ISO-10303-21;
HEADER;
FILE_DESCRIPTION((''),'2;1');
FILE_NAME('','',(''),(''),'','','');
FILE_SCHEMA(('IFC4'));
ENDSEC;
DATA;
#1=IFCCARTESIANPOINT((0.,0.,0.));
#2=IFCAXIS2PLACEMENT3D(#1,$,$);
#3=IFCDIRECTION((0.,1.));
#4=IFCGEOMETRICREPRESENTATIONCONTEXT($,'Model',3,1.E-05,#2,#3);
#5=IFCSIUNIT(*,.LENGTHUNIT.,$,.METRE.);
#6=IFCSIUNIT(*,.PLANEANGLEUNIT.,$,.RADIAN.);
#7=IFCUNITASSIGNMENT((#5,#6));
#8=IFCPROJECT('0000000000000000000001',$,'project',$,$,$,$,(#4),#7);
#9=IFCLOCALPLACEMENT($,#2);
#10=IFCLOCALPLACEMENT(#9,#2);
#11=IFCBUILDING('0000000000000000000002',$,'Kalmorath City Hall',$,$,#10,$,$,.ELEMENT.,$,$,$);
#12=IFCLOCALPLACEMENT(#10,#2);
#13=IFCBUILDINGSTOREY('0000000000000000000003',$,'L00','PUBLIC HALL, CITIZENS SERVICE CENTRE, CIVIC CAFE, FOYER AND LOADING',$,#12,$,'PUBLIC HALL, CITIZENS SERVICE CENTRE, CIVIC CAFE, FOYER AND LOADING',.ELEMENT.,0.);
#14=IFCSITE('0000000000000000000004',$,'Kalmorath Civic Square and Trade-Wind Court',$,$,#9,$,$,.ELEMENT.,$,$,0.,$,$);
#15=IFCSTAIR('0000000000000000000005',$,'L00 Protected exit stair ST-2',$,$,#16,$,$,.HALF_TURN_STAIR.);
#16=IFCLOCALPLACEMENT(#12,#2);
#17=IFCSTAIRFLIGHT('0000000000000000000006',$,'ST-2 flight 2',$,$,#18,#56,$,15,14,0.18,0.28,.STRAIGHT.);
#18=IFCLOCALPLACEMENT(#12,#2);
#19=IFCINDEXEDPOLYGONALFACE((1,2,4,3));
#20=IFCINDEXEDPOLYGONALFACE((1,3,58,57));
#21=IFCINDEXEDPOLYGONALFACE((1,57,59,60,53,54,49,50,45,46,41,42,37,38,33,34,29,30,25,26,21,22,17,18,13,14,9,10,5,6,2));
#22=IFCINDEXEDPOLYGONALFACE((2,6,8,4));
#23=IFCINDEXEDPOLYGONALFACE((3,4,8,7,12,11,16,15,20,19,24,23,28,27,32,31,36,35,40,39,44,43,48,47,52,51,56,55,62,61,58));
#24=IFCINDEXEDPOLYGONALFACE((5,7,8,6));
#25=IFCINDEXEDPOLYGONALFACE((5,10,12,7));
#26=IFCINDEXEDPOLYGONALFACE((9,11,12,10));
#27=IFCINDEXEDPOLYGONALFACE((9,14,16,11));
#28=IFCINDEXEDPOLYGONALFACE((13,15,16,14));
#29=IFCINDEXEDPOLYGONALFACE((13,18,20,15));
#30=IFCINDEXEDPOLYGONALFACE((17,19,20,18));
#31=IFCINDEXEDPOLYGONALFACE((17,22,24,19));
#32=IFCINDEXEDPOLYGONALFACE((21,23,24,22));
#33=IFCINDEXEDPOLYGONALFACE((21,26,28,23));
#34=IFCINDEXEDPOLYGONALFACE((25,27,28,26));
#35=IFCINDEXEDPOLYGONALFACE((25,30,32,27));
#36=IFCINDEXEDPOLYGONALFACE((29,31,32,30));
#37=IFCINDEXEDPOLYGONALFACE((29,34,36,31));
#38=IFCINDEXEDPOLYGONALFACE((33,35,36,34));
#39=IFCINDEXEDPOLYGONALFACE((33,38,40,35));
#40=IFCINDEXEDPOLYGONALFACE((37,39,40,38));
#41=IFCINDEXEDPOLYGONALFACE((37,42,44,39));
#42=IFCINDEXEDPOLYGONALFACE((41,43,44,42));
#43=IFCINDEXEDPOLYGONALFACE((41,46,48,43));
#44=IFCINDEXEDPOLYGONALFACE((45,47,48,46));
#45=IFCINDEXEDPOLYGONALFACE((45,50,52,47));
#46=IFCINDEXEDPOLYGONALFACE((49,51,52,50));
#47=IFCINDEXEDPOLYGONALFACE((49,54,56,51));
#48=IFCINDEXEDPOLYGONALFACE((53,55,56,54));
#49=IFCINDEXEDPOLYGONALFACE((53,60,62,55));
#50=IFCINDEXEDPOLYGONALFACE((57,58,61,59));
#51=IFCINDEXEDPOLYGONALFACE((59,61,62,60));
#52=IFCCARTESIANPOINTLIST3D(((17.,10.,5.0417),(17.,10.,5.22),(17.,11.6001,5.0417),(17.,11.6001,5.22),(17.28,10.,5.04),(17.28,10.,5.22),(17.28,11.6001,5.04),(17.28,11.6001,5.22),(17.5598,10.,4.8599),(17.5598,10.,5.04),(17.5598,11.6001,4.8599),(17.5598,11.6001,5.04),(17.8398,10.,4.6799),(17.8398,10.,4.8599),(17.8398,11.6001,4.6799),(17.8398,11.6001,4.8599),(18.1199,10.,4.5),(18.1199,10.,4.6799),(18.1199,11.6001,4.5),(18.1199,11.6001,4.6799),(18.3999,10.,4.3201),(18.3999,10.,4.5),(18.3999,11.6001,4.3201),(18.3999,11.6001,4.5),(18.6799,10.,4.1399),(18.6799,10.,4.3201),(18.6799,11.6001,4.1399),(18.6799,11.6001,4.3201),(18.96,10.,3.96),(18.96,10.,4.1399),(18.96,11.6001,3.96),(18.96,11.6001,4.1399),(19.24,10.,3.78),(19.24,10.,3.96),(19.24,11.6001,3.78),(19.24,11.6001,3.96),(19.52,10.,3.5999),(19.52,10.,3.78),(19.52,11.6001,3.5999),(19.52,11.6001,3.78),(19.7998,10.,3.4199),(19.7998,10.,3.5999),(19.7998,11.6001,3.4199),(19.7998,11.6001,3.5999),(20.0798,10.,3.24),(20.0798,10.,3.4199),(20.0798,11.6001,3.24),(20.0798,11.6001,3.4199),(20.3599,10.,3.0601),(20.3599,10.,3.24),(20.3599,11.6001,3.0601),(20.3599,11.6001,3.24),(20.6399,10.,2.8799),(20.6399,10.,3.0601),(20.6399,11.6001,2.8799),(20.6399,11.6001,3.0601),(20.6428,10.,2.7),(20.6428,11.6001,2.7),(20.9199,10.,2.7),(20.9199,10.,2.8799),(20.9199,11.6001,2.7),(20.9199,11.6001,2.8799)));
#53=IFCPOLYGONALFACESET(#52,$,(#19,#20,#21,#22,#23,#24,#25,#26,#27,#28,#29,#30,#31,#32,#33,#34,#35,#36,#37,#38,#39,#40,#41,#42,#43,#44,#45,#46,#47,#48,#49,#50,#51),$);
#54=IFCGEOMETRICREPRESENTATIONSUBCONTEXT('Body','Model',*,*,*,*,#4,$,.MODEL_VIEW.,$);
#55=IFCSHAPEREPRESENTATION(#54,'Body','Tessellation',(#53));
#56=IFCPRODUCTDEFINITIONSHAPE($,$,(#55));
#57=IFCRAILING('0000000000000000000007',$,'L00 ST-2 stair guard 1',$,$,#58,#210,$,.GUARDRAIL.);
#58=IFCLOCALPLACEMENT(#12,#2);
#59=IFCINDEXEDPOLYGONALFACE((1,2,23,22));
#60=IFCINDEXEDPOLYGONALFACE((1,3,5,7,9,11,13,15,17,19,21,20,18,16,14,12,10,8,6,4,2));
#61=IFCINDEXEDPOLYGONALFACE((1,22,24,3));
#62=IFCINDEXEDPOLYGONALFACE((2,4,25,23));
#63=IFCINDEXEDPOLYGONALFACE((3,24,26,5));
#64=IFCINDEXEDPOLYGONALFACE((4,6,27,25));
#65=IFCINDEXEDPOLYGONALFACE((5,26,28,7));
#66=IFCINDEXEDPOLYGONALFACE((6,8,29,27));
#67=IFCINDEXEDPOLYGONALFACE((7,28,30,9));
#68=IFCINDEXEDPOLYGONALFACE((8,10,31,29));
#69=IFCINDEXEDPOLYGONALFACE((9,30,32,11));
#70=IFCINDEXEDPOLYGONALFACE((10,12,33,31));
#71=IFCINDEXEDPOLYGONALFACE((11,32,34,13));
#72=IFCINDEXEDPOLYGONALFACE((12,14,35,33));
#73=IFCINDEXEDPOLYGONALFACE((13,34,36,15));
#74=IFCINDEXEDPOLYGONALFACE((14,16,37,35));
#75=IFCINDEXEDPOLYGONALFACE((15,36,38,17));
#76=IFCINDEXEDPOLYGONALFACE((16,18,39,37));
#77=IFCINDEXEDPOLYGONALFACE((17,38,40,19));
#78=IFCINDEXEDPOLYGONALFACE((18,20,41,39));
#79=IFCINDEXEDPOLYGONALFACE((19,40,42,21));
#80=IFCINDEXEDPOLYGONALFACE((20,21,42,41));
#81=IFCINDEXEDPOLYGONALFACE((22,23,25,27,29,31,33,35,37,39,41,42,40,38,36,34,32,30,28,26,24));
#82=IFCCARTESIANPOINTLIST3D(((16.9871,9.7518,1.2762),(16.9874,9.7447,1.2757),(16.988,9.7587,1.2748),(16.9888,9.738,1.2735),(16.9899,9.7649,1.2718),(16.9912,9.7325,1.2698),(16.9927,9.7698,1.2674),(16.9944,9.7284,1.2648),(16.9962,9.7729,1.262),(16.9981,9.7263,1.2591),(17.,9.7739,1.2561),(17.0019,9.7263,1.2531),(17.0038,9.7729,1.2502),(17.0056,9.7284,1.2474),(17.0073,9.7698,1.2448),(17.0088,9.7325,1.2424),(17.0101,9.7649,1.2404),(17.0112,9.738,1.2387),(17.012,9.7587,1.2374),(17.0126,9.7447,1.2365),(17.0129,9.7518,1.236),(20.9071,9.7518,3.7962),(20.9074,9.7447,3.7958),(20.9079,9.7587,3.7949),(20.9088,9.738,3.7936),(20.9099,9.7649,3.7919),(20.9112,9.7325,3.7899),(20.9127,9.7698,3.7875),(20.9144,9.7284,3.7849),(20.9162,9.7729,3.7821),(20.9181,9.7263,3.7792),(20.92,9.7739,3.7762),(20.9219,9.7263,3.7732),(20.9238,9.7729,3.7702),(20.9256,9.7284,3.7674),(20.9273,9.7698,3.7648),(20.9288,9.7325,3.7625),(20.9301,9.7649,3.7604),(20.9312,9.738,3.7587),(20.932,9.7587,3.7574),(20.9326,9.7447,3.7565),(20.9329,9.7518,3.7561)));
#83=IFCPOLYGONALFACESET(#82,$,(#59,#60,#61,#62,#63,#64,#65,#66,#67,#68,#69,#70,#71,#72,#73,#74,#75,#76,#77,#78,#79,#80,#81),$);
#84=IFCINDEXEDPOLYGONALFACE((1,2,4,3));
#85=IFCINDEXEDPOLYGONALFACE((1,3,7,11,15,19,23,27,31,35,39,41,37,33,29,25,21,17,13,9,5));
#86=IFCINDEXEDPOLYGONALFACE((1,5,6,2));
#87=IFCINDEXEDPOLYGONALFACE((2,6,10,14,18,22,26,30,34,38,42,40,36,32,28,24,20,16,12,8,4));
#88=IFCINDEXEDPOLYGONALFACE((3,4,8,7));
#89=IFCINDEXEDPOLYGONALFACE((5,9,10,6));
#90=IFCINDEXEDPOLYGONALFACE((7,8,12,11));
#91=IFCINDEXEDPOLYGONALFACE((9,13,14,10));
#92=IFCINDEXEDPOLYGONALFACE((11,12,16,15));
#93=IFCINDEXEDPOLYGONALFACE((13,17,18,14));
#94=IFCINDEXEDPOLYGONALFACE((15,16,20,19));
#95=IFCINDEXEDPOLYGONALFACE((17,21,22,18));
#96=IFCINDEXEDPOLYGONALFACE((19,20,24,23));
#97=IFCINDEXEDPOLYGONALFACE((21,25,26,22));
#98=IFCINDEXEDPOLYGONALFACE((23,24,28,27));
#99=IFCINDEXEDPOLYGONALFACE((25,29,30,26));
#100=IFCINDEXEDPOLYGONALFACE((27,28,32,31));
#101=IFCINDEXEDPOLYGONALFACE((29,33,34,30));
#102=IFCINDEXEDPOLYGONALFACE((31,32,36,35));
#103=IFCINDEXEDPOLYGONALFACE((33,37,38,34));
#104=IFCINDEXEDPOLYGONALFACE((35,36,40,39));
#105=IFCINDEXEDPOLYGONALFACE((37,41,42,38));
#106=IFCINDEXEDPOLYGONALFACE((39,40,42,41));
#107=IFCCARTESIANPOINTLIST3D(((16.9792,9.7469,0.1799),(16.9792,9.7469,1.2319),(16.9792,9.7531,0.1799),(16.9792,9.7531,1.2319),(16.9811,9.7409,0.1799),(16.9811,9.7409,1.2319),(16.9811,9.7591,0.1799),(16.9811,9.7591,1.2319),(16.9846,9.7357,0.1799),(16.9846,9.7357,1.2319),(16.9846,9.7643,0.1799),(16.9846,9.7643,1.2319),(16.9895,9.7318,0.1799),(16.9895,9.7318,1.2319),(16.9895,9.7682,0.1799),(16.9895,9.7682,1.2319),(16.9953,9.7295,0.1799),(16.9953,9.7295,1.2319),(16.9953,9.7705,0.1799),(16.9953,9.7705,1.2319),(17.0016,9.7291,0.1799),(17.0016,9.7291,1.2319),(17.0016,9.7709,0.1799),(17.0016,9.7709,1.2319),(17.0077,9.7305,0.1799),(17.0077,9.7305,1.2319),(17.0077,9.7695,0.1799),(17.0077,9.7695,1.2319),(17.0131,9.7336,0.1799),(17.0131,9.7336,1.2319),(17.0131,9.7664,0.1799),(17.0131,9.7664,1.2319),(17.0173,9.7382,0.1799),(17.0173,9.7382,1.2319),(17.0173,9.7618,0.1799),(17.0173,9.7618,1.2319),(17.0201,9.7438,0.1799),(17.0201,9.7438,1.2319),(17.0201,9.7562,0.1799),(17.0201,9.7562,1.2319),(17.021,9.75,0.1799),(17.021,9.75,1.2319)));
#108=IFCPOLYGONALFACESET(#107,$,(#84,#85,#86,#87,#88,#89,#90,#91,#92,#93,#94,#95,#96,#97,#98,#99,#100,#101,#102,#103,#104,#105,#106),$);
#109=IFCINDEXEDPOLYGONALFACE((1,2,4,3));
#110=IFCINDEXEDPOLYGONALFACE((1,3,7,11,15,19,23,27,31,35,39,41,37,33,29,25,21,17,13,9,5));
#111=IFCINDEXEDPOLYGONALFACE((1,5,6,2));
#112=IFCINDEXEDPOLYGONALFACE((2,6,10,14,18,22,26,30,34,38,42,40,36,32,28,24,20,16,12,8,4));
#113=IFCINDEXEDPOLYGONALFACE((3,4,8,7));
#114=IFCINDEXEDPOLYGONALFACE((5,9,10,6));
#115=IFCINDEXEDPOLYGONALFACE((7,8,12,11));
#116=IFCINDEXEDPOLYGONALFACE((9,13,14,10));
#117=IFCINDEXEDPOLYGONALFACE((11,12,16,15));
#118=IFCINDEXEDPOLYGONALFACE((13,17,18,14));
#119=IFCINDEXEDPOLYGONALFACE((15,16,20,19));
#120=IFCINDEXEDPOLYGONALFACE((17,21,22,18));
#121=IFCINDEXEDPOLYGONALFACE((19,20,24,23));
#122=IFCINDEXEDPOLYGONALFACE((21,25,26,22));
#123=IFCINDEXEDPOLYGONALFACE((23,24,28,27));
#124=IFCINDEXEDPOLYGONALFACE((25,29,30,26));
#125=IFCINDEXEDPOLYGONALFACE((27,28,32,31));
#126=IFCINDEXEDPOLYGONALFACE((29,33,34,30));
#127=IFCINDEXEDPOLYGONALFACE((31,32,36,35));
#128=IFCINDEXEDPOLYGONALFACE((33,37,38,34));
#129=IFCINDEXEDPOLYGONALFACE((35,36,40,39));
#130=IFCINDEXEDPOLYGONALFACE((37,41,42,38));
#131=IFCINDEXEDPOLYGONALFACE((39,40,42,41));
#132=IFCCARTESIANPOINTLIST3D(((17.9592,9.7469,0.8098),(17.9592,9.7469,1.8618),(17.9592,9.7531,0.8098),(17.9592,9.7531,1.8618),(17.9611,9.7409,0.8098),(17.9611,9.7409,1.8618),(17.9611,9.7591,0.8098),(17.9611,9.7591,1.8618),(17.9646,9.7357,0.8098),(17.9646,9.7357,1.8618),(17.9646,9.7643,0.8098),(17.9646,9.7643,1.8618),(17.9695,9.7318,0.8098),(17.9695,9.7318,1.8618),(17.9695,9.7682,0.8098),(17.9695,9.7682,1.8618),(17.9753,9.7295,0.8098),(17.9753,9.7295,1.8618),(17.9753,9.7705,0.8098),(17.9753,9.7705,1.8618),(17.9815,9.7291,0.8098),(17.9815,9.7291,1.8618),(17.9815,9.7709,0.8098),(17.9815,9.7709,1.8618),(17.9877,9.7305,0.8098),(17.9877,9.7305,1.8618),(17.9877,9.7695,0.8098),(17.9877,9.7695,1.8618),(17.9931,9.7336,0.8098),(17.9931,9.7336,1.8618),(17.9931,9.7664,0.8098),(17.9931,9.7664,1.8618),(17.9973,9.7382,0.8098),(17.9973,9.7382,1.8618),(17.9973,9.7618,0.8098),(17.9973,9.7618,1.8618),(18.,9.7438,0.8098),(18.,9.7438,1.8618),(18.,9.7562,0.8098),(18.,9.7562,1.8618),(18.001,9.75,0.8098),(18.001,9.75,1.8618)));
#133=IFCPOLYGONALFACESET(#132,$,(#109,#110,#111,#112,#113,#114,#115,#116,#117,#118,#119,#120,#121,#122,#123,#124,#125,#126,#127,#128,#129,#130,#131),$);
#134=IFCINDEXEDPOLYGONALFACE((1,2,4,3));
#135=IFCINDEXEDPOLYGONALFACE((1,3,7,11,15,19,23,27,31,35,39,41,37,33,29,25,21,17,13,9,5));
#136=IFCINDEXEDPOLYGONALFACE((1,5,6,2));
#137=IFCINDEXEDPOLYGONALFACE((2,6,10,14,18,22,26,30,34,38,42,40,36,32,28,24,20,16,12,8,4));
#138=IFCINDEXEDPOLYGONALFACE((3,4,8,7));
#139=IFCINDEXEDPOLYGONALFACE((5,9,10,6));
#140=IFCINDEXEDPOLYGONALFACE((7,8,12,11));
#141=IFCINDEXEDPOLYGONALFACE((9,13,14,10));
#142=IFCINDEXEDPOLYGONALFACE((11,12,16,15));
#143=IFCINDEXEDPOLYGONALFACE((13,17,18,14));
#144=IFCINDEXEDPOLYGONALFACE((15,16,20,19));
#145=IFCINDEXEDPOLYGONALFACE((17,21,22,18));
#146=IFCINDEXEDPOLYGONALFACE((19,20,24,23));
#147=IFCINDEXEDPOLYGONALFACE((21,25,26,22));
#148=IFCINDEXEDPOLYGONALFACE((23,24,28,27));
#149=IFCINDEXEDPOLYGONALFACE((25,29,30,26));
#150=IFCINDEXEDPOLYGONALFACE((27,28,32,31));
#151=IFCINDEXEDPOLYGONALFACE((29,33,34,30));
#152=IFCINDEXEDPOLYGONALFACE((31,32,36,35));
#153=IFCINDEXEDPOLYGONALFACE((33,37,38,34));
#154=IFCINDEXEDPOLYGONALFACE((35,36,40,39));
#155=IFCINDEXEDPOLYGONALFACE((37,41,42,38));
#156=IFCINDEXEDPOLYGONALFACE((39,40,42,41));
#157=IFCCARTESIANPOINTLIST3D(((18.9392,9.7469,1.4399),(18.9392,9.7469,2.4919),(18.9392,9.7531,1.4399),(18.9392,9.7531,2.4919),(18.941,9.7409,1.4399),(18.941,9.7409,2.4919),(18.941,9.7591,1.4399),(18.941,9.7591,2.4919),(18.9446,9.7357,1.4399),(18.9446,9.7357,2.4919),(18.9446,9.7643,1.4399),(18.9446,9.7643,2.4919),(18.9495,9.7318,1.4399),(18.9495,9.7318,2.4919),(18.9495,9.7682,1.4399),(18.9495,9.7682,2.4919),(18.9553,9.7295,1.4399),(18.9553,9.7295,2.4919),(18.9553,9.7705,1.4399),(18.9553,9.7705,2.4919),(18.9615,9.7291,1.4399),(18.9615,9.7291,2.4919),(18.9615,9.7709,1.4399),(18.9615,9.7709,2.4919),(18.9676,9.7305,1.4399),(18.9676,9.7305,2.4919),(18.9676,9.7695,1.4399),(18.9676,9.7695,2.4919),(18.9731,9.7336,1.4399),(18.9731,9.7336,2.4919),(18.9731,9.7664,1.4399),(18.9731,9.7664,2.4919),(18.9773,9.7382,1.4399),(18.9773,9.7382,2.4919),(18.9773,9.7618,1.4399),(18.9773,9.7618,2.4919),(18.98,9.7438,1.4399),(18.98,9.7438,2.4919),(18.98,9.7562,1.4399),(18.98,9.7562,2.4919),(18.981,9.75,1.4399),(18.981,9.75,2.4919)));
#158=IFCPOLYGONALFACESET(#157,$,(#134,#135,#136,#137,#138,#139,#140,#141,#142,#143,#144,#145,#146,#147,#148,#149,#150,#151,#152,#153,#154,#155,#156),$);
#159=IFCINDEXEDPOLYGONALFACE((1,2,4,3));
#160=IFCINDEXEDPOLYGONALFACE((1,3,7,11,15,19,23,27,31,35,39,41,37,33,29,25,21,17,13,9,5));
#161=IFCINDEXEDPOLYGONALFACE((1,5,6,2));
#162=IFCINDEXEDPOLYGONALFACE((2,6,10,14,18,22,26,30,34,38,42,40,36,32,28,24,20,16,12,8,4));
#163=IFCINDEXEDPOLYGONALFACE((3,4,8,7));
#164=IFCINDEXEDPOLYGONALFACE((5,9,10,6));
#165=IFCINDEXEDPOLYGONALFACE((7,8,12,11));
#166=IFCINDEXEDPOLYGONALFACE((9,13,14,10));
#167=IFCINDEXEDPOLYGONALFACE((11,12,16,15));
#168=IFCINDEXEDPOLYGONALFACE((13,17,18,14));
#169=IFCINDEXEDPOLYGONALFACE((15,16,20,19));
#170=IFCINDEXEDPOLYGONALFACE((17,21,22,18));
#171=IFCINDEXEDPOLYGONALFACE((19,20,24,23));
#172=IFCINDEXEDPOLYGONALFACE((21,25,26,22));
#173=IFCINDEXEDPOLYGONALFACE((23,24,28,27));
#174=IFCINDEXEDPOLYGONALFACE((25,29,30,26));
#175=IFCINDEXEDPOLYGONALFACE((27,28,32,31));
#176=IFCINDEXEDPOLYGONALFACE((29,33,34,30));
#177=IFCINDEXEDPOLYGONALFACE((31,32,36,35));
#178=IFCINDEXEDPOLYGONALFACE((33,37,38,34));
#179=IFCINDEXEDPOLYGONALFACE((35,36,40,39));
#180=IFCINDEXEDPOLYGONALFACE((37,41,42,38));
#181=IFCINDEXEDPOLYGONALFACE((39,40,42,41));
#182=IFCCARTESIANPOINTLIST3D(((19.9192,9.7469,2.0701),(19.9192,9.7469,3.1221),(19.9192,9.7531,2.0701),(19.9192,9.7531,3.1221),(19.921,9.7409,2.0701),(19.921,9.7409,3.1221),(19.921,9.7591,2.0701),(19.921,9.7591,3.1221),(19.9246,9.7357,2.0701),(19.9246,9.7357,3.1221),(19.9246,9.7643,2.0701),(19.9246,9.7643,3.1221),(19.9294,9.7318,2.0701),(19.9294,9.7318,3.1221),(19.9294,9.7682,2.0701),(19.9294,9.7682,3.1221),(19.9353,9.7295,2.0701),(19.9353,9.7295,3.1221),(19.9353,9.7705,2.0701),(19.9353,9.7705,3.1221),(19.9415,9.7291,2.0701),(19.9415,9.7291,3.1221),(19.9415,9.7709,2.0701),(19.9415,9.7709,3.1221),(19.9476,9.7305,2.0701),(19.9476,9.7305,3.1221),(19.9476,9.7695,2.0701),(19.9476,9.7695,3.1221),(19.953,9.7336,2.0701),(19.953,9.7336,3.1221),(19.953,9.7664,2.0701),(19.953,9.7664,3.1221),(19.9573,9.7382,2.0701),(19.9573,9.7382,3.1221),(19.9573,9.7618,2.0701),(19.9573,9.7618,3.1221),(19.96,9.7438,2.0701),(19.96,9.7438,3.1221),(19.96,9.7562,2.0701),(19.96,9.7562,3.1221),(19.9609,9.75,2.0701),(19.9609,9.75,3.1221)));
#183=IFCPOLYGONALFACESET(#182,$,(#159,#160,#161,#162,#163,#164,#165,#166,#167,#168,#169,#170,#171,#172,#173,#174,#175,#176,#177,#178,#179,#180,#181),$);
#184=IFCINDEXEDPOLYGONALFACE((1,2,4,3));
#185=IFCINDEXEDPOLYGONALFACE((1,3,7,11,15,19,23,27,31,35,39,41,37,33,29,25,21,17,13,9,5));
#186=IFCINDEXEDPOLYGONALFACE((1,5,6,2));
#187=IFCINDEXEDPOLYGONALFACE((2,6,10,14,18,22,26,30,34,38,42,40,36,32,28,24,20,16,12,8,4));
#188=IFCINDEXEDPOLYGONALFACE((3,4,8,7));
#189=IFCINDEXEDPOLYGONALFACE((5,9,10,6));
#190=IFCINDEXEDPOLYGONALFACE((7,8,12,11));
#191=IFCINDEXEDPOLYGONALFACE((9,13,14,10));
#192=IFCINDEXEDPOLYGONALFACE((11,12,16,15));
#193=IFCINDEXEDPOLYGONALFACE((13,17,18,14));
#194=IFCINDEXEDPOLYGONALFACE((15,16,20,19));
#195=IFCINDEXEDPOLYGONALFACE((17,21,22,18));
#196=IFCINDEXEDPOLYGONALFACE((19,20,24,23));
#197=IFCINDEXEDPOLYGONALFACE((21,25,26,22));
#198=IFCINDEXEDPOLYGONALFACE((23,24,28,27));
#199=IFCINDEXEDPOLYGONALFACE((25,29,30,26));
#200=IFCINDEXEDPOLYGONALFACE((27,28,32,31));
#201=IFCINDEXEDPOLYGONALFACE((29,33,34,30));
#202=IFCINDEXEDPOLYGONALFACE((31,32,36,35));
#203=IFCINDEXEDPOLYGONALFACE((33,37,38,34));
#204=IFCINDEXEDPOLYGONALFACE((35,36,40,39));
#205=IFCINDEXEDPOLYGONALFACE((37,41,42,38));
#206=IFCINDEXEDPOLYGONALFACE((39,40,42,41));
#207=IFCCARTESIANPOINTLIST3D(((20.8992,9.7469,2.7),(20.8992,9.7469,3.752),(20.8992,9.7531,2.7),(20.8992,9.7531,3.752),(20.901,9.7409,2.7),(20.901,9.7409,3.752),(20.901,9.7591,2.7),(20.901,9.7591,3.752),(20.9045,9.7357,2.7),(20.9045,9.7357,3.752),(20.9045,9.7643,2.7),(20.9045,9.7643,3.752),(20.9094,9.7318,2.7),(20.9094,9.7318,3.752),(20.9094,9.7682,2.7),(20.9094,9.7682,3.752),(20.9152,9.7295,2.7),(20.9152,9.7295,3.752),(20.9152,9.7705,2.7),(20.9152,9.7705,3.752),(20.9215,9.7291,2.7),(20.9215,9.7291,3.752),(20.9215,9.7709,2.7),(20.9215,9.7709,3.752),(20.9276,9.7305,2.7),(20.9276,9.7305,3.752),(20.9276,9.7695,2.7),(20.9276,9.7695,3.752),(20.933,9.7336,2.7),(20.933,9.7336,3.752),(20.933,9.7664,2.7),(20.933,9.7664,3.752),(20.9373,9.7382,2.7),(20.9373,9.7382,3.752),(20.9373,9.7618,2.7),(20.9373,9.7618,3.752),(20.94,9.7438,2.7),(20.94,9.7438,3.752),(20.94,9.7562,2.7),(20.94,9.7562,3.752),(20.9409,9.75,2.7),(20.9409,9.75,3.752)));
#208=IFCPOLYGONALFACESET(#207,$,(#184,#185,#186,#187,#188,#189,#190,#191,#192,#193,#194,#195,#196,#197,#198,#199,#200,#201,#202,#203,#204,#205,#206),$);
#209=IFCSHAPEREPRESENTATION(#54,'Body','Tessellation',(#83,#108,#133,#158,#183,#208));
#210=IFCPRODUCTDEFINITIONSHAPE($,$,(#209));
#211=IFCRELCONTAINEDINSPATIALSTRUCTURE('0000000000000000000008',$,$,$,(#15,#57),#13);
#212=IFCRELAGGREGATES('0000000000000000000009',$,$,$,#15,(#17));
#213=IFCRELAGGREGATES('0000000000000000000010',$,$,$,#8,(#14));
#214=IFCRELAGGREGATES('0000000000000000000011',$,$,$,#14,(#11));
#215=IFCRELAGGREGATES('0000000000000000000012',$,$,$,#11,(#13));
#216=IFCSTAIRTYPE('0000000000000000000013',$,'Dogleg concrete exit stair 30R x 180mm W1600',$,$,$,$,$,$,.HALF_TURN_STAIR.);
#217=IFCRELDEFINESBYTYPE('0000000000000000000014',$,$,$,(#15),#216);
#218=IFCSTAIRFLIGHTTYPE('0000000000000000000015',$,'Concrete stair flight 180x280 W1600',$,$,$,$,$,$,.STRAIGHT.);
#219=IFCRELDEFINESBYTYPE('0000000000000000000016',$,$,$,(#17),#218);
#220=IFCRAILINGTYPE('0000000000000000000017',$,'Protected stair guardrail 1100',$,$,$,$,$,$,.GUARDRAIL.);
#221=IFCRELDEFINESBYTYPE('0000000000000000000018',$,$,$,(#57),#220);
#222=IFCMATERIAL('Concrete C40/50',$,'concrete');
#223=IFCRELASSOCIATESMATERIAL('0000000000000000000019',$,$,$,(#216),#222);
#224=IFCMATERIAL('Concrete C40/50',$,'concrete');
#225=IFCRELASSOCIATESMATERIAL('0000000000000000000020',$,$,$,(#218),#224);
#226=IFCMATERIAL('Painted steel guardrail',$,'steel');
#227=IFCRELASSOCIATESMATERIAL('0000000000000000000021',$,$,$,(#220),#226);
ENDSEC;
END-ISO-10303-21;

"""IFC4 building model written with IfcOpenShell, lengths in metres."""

from ifc_helpers import new_model, si_unit, direction, frame, origin, origin_2d, place, context, subcontext, project, spatial, polyline, circle, outline, extrude, material, type_object, element, aggregate, save


model = new_model("IFC4")

# Units and contexts
model_context = context("Model", 3, precision=1e-05, world=origin(), true_north=direction((0.0, 1.0)))
body_context = subcontext(model_context, "Body", "Model", "MODEL_VIEW")
ifc_project = project(units=[si_unit("LENGTHUNIT", "METRE"), si_unit("PLANEANGLEUNIT", "RADIAN")], contexts=[model_context])

# Site, building, storey
site_placement = place(None, origin())
site = spatial("IfcSite", under=ifc_project, at=site_placement, Name="Kalmorath Civic Square and Trade-Wind Court", CompositionType="ELEMENT", RefElevation=0.0)
building_placement = place(site_placement, origin())
building = spatial("IfcBuilding", under=site, at=building_placement, Name="Kalmorath City Hall", CompositionType="ELEMENT")
storey_placement = place(building_placement, origin())
storey = spatial("IfcBuildingStorey", under=building, at=storey_placement, Name="L00", Description="PUBLIC HALL, CITIZENS SERVICE CENTRE, CIVIC CAFE, FOYER AND LOADING", LongName="PUBLIC HALL, CITIZENS SERVICE CENTRE, CIVIC CAFE, FOYER AND LOADING", CompositionType="ELEMENT", Elevation=0.0)

# Stair, stair flight
ifc_material_1 = material(Name="Concrete C40/50", Category="concrete")
stair_type = type_object("IfcStairType", Name="Dogleg concrete exit stair 30R x 180mm W1600", PredefinedType="HALF_TURN_STAIR", material=ifc_material_1)
stair_placement = place(storey_placement, origin())
stair = element("IfcStair", 1, at=stair_placement, inside=storey, type_object=stair_type, Name="L00 Protected exit stair ST-2", PredefinedType="HALF_TURN_STAIR")
ifc_material_2 = material(Name="Concrete C40/50", Category="concrete")
stair_flight_type = type_object("IfcStairFlightType", Name="Concrete stair flight 180x280 W1600", PredefinedType="STRAIGHT", material=ifc_material_2)
stair_flight_1_placement = place(storey_placement, frame((20.9199, 10.8, 2.7), z_axis=(0.0, 0.0, 1.0), x_axis=(-1.0, 0.0, 0.0)))
stair_flight_1 = element("IfcStairFlight", 2, at=stair_flight_1_placement, type_object=stair_flight_type, Name="ST-2 flight 2", NumberOfRisers=15, NumberOfTreads=14, PredefinedType="STRAIGHT", RiserHeight=0.18, TreadLength=0.28, context=body_context, shape_type="SweptSolid", body=[
    extrude(outline(polyline([(0.0, 0.0), (0.0, 0.1799), (0.28, 0.1799), (0.28, 0.3601), (0.5601, 0.3601), (0.5601, 0.54), (0.8401, 0.54), (0.8401, 0.72), (1.1201, 0.72), (1.1201, 0.8999), (1.3999, 0.8999), (1.3999, 1.0801), (1.6799, 1.0801), (1.6799, 1.26), (1.96, 1.26), (1.96, 1.4399), (2.24, 1.4399), (2.24, 1.6201), (2.52, 1.6201), (2.52, 1.8), (2.8, 1.8), (2.8, 1.98), (3.0801, 1.98), (3.0801, 2.1599), (3.3601, 2.1599), (3.3601, 2.3401), (3.6399, 2.3401), (3.6399, 2.52), (3.9199, 2.52), (3.9199, 2.7), (3.9199, 2.3418), (0.2771, 0.0), (0.0, 0.0)])), frame((0.0, 0.8, 0.0), z_axis=(0.0, -1.0, 0.0), x_axis=(1.0, 0.0, 0.0)), (0.0, 0.0, 1.0), 1.6001),
])
aggregate(stair, [stair_flight_1])

# Railing
ifc_material_3 = material(Name="Painted steel guardrail", Category="steel")
railing_type_1 = type_object("IfcRailingType", Name="Protected stair guardrail 1100", PredefinedType="GUARDRAIL", material=ifc_material_3)
railing_1_placement = place(storey_placement, frame((17.0, 9.75, 0.1799)))
element("IfcRailing", 3, at=railing_1_placement, inside=storey, type_object=railing_type_1, Name="L00 ST-2 stair guard 1", PredefinedType="GUARDRAIL", context=body_context, shape_type="SweptSolid", body=[
    extrude(circle(Radius=0.0239, at=origin_2d()), frame((0.0, 0.0, 1.0762), z_axis=(0.841172, 0.0, 0.540768), x_axis=(0.0, 1.0, 0.0)), (0.0, 0.0, 1.0), 4.6602),
    extrude(circle(Radius=0.021, at=origin_2d()), origin(), (0.0, 0.0, 1.0), 1.052),
    extrude(circle(Radius=0.021, at=origin_2d()), frame((0.98, 0.0, 0.6299)), (0.0, 0.0, 1.0), 1.052),
    extrude(circle(Radius=0.021, at=origin_2d()), frame((1.96, 0.0, 1.26)), (0.0, 0.0, 1.0), 1.052),
    extrude(circle(Radius=0.021, at=origin_2d()), frame((2.9399, 0.0, 1.8901)), (0.0, 0.0, 1.0), 1.052),
    extrude(circle(Radius=0.021, at=origin_2d()), frame((3.9199, 0.0, 2.52)), (0.0, 0.0, 1.0), 1.052),
])

save(model, "model.ifc")
